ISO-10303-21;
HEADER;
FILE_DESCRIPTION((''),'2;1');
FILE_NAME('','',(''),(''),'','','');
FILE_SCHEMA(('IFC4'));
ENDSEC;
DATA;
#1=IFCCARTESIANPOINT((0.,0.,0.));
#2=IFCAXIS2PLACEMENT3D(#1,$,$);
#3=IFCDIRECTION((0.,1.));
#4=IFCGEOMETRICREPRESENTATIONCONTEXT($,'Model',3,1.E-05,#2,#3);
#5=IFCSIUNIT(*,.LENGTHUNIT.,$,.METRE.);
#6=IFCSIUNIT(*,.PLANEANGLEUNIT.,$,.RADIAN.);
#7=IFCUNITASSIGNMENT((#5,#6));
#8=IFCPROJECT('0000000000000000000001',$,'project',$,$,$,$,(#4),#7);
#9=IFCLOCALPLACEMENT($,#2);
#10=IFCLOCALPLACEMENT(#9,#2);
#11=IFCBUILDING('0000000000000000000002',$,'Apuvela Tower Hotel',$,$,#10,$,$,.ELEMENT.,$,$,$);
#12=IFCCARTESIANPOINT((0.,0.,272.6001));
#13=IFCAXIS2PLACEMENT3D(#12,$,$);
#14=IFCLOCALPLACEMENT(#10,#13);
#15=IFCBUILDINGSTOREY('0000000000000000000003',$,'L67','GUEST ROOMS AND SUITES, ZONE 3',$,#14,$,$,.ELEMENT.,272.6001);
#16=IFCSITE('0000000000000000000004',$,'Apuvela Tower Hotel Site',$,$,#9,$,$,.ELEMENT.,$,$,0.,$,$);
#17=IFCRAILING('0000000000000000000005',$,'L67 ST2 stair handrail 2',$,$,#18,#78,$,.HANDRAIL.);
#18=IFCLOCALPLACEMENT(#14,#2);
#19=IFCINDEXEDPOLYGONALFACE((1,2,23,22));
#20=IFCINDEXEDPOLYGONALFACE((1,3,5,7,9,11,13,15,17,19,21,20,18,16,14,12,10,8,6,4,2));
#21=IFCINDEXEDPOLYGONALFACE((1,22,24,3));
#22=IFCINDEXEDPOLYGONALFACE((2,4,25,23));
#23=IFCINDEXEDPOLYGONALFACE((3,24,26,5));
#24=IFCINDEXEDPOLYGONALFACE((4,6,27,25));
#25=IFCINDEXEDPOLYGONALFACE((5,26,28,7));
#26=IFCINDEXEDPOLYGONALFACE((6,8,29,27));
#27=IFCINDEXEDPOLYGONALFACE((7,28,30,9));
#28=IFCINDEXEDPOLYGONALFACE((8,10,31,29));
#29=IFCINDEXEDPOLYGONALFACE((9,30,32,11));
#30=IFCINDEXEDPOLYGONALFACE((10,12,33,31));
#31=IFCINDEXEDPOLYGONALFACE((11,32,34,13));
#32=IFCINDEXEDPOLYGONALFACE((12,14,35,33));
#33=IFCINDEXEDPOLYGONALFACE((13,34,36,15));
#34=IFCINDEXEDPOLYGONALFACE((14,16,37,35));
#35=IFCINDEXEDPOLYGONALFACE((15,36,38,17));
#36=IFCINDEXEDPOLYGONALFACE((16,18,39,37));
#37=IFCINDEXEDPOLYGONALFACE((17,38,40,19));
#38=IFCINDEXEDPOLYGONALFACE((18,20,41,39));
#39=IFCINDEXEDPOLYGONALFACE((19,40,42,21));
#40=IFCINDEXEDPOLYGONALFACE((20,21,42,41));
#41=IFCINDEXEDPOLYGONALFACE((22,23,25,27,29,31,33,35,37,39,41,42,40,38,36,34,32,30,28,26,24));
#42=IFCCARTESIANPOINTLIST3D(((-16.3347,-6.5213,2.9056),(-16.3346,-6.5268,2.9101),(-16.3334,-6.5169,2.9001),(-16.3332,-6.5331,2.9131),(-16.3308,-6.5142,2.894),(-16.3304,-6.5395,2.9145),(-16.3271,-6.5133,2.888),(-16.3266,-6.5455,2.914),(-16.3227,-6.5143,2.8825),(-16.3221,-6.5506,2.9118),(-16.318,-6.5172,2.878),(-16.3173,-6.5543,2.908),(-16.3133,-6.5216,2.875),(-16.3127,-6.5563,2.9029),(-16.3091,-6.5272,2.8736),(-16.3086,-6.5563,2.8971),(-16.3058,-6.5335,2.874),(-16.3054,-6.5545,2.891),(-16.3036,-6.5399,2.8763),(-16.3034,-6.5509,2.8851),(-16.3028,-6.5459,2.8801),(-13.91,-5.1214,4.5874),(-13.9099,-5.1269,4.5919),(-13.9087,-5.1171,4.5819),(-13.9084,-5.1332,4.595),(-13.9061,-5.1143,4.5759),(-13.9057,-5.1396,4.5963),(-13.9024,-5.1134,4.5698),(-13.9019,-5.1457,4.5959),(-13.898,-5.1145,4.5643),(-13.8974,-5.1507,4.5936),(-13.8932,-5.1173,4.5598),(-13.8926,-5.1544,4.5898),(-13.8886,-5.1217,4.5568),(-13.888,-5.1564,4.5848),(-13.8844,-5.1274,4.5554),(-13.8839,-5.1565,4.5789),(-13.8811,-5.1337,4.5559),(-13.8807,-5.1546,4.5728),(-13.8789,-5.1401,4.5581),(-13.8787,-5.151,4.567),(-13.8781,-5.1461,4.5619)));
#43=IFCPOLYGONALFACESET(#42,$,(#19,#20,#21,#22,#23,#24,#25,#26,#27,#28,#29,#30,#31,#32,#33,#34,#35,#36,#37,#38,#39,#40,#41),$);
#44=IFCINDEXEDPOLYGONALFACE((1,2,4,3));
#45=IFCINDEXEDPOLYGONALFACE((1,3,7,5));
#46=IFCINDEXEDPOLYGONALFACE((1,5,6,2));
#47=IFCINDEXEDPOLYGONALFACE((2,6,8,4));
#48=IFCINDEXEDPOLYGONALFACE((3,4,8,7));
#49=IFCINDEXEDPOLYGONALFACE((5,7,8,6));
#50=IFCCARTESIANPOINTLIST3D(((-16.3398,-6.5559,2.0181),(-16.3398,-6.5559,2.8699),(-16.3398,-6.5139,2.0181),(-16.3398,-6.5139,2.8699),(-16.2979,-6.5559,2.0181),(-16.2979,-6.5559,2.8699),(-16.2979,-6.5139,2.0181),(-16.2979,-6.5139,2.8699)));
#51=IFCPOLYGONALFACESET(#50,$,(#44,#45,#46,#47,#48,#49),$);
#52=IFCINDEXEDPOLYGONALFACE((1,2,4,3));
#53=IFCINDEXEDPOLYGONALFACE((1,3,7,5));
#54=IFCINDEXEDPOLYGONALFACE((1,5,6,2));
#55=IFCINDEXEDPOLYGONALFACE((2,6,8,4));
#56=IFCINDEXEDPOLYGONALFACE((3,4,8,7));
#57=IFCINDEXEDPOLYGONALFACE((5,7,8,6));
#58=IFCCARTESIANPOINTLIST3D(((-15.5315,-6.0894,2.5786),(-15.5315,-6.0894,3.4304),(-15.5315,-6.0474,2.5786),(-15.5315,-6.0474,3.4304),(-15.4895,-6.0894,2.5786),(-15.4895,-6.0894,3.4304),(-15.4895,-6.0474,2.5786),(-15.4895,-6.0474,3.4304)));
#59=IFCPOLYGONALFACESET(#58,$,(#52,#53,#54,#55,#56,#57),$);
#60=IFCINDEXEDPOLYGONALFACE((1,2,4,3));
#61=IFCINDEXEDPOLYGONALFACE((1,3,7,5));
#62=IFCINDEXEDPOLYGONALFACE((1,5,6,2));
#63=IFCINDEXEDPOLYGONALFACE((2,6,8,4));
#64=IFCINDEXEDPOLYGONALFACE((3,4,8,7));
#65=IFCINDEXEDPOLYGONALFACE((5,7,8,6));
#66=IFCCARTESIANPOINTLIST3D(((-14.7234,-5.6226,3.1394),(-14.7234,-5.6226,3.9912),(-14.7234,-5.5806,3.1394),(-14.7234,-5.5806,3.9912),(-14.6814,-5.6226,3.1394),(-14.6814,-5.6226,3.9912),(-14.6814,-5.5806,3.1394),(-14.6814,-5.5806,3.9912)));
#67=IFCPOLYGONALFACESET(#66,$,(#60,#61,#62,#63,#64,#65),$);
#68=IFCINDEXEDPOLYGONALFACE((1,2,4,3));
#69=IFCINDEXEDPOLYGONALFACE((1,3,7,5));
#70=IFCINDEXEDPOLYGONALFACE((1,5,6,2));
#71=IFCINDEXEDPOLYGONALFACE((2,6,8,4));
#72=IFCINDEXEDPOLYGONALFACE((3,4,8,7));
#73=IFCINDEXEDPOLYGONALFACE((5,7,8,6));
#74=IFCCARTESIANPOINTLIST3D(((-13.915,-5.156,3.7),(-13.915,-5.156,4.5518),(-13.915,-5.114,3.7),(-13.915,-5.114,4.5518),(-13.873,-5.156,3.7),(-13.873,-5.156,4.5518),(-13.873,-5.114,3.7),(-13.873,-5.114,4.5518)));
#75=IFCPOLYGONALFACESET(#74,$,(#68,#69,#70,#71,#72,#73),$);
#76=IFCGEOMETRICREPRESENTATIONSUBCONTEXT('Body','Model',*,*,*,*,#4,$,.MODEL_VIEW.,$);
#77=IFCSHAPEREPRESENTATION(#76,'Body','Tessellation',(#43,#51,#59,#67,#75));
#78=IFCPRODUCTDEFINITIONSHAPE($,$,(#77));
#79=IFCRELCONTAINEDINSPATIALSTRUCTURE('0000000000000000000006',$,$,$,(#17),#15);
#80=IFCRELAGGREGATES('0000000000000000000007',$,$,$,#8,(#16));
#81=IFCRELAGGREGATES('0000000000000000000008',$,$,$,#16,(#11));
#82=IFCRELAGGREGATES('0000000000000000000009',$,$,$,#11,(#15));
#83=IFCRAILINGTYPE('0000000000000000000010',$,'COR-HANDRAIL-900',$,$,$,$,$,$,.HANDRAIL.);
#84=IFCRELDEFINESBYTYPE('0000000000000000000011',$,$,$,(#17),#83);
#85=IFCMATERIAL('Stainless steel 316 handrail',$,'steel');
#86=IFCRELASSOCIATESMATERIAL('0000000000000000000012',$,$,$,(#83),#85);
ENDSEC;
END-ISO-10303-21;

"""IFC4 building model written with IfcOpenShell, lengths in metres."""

from ifc_helpers import new_model, si_unit, direction, frame, origin, origin_2d, place, context, subcontext, project, spatial, rectangle, circle, extrude, material, type_object, element, save


model = new_model("IFC4")

# Units and contexts
model_context = context("Model", 3, precision=1e-05, world=origin(), true_north=direction((0.0, 1.0)))
body_context = subcontext(model_context, "Body", "Model", "MODEL_VIEW")
ifc_project = project(units=[si_unit("LENGTHUNIT", "METRE"), si_unit("PLANEANGLEUNIT", "RADIAN")], contexts=[model_context])

# Site, building, storey
site_placement = place(None, origin())
site = spatial("IfcSite", under=ifc_project, at=site_placement, Name="Apuvela Tower Hotel Site", CompositionType="ELEMENT", RefElevation=0.0)
building_placement = place(site_placement, origin())
building = spatial("IfcBuilding", under=site, at=building_placement, Name="Apuvela Tower Hotel", CompositionType="ELEMENT")
storey_placement = place(building_placement, frame((0.0, 0.0, 272.6001)))
storey = spatial("IfcBuildingStorey", under=building, at=storey_placement, Name="L67", Description="GUEST ROOMS AND SUITES, ZONE 3", CompositionType="ELEMENT", Elevation=272.6001)

# Railing
ifc_material_1 = material(Name="Stainless steel 316 handrail", Category="steel")
railing_type_1 = type_object("IfcRailingType", Name="COR-HANDRAIL-900", PredefinedType="HANDRAIL", material=ifc_material_1)
railing_1_placement = place(storey_placement, frame((-16.3188, -6.5349, 2.0181)))
element("IfcRailing", 1, at=railing_1_placement, inside=storey, type_object=railing_type_1, Name="L67 ST2 stair handrail 2", PredefinedType="HANDRAIL", context=body_context, shape_type="SweptSolid", body=[
    extrude(circle(Radius=0.0239, at=origin_2d()), frame((0.0, 0.0, 0.876), z_axis=(0.74239, 0.428601, 0.514934), x_axis=(-0.499984, 0.866035, 0.0)), (0.0, 0.0, 1.0), 3.2661),
    extrude(rectangle(XDim=0.042, YDim=0.042, at=origin_2d()), origin(), (0.0, 0.0, 1.0), 0.8518),
    extrude(rectangle(XDim=0.042, YDim=0.042, at=origin_2d()), frame((0.8083, 0.4666, 0.5605)), (0.0, 0.0, 1.0), 0.8518),
    extrude(rectangle(XDim=0.042, YDim=0.042, at=origin_2d()), frame((1.6165, 0.9333, 1.1213)), (0.0, 0.0, 1.0), 0.8518),
    extrude(rectangle(XDim=0.042, YDim=0.042, at=origin_2d()), frame((2.4248, 1.3999, 1.6819)), (0.0, 0.0, 1.0), 0.8518),
])

save(model, "model.ifc")
